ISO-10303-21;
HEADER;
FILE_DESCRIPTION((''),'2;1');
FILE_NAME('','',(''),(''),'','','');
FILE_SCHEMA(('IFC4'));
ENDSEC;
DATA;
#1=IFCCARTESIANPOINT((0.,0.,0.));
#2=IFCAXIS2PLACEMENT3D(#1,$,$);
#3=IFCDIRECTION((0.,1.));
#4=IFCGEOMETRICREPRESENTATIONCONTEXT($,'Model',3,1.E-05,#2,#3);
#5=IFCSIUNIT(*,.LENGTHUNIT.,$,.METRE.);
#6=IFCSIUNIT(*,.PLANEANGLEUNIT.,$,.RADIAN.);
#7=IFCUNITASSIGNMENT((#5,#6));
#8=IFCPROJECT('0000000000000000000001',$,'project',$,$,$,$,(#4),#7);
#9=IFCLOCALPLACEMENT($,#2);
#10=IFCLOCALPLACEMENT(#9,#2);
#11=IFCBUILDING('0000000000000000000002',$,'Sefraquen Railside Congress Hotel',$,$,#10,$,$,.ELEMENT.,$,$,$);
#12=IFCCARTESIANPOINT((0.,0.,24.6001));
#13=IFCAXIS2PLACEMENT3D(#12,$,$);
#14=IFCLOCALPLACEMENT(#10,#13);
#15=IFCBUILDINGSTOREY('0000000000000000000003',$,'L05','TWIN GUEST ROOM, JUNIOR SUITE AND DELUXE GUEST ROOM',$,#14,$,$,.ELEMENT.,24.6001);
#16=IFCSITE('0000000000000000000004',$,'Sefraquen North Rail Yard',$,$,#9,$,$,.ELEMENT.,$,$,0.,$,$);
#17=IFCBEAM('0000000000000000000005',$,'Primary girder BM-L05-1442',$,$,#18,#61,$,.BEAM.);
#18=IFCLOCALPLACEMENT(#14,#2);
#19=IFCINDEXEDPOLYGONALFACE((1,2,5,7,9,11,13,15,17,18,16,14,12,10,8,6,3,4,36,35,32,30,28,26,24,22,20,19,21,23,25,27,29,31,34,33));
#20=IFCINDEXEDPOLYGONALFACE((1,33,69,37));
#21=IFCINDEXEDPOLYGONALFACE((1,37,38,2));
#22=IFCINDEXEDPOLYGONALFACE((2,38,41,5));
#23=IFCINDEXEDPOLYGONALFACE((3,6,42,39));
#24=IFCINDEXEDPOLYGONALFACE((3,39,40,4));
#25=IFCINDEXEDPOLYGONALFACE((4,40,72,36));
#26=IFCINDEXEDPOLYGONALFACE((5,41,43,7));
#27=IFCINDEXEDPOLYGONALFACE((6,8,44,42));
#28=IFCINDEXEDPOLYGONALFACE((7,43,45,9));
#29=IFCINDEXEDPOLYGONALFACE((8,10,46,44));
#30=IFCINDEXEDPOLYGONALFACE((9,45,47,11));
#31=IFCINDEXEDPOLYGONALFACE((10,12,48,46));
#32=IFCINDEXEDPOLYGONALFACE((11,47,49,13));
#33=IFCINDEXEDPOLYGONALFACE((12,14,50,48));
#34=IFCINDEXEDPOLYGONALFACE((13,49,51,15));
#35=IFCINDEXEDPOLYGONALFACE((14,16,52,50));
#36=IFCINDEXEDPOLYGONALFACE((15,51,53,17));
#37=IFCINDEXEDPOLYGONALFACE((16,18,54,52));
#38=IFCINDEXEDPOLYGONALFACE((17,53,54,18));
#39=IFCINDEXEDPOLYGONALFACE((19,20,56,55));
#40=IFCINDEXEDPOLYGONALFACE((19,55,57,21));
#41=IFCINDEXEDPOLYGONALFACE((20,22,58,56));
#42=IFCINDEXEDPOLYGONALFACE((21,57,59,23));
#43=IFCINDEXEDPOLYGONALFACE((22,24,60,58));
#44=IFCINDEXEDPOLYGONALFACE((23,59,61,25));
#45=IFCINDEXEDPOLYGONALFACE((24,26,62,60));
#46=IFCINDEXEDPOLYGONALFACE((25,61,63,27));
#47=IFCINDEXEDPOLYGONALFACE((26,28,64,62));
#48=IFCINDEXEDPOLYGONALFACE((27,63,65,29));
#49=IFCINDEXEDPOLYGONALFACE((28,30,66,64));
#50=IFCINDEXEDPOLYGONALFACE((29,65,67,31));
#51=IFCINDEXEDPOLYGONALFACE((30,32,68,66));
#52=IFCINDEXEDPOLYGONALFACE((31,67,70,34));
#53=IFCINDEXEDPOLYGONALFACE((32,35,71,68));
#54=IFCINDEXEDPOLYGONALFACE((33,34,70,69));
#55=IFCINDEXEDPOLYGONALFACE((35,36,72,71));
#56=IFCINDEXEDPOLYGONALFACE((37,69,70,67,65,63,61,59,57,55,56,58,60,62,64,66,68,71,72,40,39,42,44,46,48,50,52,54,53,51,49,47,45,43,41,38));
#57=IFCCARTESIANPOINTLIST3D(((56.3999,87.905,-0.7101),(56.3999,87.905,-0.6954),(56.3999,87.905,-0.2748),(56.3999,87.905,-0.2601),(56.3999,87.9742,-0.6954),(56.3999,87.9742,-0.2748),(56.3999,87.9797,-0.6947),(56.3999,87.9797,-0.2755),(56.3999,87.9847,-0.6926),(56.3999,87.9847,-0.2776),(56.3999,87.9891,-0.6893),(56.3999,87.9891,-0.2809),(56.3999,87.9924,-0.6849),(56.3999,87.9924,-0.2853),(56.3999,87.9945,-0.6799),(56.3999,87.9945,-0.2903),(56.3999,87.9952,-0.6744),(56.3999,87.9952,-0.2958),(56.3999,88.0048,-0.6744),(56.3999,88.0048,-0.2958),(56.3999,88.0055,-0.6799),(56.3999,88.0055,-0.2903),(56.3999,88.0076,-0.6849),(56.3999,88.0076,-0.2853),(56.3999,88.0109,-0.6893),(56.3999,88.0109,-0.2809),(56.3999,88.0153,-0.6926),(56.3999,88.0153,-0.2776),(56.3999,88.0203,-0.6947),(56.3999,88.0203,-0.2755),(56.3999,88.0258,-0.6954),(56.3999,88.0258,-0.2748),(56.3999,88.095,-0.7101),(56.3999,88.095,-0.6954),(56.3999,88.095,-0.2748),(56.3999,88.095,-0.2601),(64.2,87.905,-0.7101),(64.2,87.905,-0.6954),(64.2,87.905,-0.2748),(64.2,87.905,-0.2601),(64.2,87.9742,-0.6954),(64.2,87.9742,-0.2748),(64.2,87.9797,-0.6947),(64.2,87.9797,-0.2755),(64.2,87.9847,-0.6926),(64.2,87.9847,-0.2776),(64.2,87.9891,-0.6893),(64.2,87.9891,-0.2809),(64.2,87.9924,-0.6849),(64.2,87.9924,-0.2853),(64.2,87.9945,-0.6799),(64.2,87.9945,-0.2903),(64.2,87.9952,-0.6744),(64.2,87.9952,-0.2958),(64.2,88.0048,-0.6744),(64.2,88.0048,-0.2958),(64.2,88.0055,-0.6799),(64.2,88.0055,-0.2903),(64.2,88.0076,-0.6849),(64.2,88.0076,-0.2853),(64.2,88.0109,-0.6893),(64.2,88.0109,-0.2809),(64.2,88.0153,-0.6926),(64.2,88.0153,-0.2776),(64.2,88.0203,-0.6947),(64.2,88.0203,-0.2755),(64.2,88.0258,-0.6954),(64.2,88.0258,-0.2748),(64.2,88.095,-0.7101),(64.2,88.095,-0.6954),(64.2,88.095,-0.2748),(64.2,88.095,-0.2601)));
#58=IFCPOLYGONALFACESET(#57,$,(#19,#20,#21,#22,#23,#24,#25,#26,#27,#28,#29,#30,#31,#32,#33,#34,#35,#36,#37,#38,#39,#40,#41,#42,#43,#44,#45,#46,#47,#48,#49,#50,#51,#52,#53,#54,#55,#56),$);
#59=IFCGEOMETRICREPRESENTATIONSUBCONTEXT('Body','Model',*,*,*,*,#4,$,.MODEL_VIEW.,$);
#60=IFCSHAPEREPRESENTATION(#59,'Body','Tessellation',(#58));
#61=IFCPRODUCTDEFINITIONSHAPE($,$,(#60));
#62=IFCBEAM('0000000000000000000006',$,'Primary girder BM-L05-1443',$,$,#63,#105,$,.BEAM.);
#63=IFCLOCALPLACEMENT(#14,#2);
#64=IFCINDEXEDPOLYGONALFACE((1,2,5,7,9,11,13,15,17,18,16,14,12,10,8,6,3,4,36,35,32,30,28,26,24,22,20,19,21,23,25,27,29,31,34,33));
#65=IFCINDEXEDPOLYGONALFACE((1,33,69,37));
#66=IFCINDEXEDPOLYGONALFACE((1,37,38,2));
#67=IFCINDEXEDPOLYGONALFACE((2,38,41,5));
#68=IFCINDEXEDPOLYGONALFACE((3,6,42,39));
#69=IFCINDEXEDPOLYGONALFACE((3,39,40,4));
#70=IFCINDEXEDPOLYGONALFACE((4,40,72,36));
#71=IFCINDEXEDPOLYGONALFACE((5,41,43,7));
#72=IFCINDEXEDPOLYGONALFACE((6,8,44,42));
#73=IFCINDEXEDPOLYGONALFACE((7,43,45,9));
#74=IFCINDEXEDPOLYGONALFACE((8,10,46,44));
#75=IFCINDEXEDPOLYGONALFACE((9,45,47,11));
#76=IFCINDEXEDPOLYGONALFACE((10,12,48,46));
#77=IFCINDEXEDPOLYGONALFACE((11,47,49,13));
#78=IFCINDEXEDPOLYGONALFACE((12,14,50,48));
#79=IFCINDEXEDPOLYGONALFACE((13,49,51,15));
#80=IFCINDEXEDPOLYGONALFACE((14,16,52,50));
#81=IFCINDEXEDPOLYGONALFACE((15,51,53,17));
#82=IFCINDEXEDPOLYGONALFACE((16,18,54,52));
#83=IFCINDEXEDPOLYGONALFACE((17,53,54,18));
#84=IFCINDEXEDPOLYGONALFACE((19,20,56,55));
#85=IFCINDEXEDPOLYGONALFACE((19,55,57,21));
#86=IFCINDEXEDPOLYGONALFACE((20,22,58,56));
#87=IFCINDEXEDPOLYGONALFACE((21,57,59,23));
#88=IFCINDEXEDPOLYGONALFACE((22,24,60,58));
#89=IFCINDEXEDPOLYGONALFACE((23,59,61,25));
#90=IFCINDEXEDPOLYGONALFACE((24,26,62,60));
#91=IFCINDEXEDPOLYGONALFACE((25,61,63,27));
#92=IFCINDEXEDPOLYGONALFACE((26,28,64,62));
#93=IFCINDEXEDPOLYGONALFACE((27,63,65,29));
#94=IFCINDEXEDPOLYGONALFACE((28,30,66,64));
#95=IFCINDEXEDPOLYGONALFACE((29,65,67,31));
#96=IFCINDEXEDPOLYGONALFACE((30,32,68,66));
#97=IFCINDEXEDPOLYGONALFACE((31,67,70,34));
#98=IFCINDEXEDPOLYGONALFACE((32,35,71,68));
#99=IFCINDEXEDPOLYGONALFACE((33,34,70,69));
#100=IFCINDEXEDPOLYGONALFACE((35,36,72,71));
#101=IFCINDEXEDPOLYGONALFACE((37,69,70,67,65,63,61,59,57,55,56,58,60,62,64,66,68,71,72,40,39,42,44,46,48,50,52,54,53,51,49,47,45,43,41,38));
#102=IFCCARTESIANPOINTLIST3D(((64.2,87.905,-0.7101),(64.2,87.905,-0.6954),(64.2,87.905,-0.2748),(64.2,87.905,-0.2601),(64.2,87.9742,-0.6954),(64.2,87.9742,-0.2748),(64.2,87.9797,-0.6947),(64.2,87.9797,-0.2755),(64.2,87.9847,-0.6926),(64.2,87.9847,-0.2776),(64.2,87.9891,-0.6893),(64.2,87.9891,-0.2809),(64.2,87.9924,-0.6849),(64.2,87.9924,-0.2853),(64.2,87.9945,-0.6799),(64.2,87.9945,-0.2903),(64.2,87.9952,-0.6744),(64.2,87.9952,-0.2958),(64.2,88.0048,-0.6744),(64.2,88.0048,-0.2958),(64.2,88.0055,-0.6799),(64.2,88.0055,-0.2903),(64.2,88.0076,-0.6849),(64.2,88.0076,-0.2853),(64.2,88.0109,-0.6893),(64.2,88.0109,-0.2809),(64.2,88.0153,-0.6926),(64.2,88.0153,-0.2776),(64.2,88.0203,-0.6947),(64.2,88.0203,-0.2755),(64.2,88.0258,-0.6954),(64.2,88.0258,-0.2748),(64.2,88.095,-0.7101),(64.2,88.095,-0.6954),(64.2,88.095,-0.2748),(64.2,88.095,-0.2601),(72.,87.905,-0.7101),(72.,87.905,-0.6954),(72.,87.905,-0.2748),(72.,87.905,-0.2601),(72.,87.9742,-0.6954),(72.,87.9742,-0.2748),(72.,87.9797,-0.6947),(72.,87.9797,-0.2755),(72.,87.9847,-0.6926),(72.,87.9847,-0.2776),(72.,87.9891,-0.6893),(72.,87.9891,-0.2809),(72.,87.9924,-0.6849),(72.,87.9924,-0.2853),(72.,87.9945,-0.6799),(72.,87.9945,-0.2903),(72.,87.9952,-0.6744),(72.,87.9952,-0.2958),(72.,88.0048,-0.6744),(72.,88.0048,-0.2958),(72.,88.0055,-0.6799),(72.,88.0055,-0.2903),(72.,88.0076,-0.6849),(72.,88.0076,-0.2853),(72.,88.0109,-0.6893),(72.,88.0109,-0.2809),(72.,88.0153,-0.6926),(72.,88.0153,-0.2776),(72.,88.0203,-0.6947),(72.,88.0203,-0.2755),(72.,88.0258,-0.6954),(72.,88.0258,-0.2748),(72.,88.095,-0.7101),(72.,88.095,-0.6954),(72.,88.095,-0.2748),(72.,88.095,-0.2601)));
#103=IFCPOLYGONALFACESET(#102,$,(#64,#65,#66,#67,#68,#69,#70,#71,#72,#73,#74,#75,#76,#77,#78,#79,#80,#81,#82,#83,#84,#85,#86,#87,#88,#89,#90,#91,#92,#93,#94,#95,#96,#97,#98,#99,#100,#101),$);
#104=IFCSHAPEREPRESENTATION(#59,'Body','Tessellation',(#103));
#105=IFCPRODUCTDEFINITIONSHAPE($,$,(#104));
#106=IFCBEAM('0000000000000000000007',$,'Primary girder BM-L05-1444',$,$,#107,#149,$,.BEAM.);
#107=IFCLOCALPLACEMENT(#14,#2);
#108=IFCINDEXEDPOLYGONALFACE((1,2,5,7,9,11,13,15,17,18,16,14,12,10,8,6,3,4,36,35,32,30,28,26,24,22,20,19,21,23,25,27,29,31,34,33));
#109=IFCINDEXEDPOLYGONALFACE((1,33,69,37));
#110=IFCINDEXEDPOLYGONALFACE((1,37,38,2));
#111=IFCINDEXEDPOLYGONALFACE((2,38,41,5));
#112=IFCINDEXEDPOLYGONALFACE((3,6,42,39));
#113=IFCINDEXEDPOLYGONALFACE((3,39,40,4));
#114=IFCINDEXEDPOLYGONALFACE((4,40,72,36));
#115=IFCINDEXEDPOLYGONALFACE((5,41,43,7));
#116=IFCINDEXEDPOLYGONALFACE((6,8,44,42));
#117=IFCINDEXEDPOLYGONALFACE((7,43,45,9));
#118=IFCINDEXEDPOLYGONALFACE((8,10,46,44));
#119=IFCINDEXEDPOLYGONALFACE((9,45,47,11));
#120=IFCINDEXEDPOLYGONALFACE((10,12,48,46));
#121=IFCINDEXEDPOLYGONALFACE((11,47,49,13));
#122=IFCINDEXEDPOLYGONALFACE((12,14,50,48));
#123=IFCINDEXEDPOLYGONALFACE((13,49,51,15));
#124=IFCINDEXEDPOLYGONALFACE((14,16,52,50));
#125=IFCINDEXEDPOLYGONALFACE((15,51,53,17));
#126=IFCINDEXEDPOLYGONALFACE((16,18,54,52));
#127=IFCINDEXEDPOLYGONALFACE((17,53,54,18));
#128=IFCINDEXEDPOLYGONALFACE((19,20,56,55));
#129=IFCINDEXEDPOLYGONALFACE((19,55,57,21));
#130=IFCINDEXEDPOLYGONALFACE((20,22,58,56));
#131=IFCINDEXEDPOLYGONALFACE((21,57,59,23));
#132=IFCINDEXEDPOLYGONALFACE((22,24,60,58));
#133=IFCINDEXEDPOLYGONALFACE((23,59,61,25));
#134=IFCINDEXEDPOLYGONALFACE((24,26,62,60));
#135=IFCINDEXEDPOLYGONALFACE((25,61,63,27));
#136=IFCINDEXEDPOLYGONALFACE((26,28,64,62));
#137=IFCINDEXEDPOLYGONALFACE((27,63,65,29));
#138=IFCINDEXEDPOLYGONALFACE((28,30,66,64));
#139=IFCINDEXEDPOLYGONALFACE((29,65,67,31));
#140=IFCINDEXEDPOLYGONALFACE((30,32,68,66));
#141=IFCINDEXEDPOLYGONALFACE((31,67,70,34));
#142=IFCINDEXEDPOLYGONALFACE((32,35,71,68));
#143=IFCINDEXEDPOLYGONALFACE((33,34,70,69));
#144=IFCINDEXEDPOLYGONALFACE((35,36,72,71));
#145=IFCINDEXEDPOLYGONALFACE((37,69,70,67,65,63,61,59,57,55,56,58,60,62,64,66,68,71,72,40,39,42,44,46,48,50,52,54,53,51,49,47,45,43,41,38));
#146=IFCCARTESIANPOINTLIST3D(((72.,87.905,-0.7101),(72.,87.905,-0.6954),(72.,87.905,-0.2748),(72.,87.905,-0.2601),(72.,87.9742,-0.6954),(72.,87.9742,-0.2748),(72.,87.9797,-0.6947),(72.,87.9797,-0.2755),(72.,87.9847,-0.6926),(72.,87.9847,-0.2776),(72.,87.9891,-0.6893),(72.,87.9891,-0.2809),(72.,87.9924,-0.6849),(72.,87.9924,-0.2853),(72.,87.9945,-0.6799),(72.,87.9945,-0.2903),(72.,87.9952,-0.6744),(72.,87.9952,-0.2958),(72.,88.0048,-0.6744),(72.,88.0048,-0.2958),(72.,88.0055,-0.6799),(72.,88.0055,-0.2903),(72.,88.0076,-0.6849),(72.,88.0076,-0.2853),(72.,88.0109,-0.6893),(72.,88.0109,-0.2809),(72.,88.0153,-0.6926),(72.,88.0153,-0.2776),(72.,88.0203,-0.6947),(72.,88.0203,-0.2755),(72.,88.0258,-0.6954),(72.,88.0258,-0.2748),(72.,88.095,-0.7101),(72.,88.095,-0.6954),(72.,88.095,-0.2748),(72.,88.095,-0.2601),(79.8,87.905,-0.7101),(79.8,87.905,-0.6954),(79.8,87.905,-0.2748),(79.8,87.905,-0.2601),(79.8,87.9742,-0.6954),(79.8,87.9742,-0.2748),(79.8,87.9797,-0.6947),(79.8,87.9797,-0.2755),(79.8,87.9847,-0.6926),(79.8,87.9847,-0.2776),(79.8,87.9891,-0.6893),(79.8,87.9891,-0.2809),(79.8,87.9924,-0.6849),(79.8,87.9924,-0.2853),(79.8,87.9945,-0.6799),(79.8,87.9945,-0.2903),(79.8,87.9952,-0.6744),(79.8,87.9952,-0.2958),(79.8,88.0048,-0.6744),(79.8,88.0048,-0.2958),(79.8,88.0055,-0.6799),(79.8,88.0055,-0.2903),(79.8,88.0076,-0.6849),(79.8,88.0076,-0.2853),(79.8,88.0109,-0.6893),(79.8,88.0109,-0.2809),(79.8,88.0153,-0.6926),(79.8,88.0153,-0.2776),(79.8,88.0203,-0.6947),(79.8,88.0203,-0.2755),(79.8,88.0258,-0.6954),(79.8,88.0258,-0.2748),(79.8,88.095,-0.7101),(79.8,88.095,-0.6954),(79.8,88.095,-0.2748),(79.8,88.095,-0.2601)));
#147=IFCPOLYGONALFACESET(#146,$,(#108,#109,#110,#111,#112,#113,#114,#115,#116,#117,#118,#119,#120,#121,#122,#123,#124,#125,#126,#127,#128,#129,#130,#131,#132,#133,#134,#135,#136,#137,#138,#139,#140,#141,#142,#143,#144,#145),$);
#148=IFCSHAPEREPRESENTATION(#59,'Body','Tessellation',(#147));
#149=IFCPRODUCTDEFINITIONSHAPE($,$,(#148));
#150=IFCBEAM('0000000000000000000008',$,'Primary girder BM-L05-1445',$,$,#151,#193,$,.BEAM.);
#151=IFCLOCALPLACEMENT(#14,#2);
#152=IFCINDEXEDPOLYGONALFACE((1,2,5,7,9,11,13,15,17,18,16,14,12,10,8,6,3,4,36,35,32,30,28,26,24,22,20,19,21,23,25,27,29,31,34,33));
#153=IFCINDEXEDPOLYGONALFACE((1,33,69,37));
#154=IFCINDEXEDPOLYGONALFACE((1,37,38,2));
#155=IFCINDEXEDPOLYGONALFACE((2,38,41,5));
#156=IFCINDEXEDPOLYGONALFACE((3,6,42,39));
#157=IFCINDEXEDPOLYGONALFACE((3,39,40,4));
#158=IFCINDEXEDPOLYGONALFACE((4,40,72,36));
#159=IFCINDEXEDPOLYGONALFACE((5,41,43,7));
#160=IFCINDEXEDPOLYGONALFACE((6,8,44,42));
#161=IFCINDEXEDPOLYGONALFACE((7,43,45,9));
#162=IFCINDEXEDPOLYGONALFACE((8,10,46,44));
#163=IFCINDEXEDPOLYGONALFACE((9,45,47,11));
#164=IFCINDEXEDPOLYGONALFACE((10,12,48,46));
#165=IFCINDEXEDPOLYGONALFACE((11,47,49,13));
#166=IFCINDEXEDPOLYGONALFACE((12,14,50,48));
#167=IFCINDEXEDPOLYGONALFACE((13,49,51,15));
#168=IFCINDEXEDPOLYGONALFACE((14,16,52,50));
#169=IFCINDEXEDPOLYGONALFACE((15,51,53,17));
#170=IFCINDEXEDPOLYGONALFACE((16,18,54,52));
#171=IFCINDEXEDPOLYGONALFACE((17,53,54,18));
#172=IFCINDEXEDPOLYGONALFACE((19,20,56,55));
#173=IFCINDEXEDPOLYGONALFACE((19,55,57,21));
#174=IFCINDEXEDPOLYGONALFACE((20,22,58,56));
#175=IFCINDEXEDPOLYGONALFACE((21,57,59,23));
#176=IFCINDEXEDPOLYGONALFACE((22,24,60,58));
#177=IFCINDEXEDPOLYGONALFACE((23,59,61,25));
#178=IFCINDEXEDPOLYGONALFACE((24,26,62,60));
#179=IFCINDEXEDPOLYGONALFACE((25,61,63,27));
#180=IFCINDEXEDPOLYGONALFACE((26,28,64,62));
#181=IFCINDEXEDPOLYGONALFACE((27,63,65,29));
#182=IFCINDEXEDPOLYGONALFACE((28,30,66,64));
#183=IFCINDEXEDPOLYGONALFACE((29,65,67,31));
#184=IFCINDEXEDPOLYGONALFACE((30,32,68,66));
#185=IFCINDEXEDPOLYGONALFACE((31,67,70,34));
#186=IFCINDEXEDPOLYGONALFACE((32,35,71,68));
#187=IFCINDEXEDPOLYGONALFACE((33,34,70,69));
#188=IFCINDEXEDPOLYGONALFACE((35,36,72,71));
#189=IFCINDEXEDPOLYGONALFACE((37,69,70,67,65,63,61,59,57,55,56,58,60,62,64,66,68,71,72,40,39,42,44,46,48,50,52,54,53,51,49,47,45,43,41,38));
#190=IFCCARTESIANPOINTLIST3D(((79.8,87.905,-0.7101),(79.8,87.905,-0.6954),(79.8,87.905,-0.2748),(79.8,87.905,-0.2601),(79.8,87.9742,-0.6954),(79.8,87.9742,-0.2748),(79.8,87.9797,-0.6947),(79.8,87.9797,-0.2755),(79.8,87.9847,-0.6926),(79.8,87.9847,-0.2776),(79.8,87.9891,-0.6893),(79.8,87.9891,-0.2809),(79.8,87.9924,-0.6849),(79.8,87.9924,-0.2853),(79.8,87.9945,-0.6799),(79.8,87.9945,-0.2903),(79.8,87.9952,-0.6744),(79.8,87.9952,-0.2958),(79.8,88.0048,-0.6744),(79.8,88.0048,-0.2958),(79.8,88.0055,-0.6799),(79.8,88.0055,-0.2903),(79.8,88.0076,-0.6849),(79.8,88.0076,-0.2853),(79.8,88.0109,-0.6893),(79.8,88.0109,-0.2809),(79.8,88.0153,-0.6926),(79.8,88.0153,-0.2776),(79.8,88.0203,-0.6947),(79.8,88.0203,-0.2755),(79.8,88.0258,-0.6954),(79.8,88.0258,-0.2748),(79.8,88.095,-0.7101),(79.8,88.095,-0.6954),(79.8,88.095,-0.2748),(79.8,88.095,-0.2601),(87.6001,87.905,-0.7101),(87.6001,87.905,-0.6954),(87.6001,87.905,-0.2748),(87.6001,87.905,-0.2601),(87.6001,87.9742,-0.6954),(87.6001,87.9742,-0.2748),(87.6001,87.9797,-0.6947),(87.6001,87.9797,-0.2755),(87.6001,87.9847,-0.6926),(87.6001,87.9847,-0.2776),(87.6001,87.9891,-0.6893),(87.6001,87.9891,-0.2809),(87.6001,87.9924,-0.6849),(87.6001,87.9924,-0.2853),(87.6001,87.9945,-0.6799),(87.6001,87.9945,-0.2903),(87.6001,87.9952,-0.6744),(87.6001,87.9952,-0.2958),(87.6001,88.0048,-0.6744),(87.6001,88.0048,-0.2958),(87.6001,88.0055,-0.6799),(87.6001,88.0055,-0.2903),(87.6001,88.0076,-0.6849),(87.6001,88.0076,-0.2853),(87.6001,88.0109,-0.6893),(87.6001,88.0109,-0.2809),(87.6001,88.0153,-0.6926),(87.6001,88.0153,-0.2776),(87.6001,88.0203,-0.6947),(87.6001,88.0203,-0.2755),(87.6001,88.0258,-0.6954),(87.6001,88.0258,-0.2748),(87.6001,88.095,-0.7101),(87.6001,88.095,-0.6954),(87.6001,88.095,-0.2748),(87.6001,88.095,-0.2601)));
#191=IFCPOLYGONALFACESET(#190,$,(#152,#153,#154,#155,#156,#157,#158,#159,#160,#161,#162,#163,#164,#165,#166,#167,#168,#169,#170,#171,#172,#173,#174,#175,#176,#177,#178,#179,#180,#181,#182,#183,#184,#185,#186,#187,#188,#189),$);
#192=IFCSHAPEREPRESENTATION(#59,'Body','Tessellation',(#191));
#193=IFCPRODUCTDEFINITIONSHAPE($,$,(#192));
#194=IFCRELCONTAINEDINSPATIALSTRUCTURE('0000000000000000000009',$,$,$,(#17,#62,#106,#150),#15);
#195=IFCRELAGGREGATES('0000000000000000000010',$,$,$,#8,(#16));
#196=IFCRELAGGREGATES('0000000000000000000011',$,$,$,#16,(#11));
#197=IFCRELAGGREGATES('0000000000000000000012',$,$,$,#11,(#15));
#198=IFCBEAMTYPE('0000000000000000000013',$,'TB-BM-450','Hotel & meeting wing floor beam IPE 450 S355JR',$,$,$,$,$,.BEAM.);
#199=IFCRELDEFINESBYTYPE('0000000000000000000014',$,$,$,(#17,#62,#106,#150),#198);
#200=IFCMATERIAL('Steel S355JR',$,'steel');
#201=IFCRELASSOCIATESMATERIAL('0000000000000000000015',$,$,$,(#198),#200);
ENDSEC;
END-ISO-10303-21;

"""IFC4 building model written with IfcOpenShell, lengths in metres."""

from ifc_helpers import new_model, si_unit, direction, frame, origin, origin_2d, place, context, subcontext, project, spatial, i_section, extrude, material, material_profile, profile_set, type_object, element, save


model = new_model("IFC4")

# Units and contexts
model_context = context("Model", 3, precision=1e-05, world=origin(), true_north=direction((0.0, 1.0)))
body_context = subcontext(model_context, "Body", "Model", "MODEL_VIEW")
ifc_project = project(units=[si_unit("LENGTHUNIT", "METRE"), si_unit("PLANEANGLEUNIT", "RADIAN")], contexts=[model_context])

# Site, building, storey
site_placement = place(None, origin())
site = spatial("IfcSite", under=ifc_project, at=site_placement, Name="Sefraquen North Rail Yard", CompositionType="ELEMENT", RefElevation=0.0)
building_placement = place(site_placement, origin())
building = spatial("IfcBuilding", under=site, at=building_placement, Name="Sefraquen Railside Congress Hotel", CompositionType="ELEMENT")
storey_placement = place(building_placement, frame((0.0, 0.0, 24.6001)))
storey = spatial("IfcBuildingStorey", under=building, at=storey_placement, Name="L05", Description="TWIN GUEST ROOM, JUNIOR SUITE AND DELUXE GUEST ROOM", CompositionType="ELEMENT", Elevation=24.6001)

# Shared definitions
ifc_material_1 = material(Name="Steel S355JR", Category="steel")

# Beams
ifc_material_profile_1 = material_profile(ifc_material_1, i_section(OverallWidth=0.1899, OverallDepth=0.45, WebThickness=0.0095, FlangeThickness=0.0146, FilletRadius=0.021, at=origin_2d()), Name="IPE 450")
ifc_profile_set_1 = profile_set([ifc_material_profile_1], Name="Steel S355JR")
beam_type_1 = type_object("IfcBeamType", Name="TB-BM-450", Description="Hotel & meeting wing floor beam IPE 450 S355JR", PredefinedType="BEAM", material=ifc_profile_set_1)
for number, where, z_axis, x_axis, name in (
    (1, (56.3999, 88.0, -0.4851), (1.0, 0.0, 0.0), (0.0, 1.0, 0.0), "Primary girder BM-L05-1442"),
    (2, (64.2, 88.0, -0.4851), (1.0, 0.0, 0.0), (0.0, 1.0, 0.0), "Primary girder BM-L05-1443"),
    (3, (72.0, 88.0, -0.4851), (1.0, 0.0, 0.0), (0.0, 1.0, 0.0), "Primary girder BM-L05-1444"),
    (4, (79.8, 88.0, -0.4851), (1.0, 0.0, 0.0), (0.0, 1.0, 0.0), "Primary girder BM-L05-1445"),
):
    element("IfcBeam", number, at=place(storey_placement, frame(where, z_axis=z_axis, x_axis=x_axis)), inside=storey, type_object=beam_type_1, Name=name, PredefinedType="BEAM", context=body_context, shape_type="SweptSolid", body=[
        extrude(i_section(OverallWidth=0.1899, OverallDepth=0.45, WebThickness=0.0095, FlangeThickness=0.0146, FilletRadius=0.021, at=origin_2d()), origin(), (0.0, 0.0, 1.0), 7.8),
    ])

save(model, "model.ifc")
